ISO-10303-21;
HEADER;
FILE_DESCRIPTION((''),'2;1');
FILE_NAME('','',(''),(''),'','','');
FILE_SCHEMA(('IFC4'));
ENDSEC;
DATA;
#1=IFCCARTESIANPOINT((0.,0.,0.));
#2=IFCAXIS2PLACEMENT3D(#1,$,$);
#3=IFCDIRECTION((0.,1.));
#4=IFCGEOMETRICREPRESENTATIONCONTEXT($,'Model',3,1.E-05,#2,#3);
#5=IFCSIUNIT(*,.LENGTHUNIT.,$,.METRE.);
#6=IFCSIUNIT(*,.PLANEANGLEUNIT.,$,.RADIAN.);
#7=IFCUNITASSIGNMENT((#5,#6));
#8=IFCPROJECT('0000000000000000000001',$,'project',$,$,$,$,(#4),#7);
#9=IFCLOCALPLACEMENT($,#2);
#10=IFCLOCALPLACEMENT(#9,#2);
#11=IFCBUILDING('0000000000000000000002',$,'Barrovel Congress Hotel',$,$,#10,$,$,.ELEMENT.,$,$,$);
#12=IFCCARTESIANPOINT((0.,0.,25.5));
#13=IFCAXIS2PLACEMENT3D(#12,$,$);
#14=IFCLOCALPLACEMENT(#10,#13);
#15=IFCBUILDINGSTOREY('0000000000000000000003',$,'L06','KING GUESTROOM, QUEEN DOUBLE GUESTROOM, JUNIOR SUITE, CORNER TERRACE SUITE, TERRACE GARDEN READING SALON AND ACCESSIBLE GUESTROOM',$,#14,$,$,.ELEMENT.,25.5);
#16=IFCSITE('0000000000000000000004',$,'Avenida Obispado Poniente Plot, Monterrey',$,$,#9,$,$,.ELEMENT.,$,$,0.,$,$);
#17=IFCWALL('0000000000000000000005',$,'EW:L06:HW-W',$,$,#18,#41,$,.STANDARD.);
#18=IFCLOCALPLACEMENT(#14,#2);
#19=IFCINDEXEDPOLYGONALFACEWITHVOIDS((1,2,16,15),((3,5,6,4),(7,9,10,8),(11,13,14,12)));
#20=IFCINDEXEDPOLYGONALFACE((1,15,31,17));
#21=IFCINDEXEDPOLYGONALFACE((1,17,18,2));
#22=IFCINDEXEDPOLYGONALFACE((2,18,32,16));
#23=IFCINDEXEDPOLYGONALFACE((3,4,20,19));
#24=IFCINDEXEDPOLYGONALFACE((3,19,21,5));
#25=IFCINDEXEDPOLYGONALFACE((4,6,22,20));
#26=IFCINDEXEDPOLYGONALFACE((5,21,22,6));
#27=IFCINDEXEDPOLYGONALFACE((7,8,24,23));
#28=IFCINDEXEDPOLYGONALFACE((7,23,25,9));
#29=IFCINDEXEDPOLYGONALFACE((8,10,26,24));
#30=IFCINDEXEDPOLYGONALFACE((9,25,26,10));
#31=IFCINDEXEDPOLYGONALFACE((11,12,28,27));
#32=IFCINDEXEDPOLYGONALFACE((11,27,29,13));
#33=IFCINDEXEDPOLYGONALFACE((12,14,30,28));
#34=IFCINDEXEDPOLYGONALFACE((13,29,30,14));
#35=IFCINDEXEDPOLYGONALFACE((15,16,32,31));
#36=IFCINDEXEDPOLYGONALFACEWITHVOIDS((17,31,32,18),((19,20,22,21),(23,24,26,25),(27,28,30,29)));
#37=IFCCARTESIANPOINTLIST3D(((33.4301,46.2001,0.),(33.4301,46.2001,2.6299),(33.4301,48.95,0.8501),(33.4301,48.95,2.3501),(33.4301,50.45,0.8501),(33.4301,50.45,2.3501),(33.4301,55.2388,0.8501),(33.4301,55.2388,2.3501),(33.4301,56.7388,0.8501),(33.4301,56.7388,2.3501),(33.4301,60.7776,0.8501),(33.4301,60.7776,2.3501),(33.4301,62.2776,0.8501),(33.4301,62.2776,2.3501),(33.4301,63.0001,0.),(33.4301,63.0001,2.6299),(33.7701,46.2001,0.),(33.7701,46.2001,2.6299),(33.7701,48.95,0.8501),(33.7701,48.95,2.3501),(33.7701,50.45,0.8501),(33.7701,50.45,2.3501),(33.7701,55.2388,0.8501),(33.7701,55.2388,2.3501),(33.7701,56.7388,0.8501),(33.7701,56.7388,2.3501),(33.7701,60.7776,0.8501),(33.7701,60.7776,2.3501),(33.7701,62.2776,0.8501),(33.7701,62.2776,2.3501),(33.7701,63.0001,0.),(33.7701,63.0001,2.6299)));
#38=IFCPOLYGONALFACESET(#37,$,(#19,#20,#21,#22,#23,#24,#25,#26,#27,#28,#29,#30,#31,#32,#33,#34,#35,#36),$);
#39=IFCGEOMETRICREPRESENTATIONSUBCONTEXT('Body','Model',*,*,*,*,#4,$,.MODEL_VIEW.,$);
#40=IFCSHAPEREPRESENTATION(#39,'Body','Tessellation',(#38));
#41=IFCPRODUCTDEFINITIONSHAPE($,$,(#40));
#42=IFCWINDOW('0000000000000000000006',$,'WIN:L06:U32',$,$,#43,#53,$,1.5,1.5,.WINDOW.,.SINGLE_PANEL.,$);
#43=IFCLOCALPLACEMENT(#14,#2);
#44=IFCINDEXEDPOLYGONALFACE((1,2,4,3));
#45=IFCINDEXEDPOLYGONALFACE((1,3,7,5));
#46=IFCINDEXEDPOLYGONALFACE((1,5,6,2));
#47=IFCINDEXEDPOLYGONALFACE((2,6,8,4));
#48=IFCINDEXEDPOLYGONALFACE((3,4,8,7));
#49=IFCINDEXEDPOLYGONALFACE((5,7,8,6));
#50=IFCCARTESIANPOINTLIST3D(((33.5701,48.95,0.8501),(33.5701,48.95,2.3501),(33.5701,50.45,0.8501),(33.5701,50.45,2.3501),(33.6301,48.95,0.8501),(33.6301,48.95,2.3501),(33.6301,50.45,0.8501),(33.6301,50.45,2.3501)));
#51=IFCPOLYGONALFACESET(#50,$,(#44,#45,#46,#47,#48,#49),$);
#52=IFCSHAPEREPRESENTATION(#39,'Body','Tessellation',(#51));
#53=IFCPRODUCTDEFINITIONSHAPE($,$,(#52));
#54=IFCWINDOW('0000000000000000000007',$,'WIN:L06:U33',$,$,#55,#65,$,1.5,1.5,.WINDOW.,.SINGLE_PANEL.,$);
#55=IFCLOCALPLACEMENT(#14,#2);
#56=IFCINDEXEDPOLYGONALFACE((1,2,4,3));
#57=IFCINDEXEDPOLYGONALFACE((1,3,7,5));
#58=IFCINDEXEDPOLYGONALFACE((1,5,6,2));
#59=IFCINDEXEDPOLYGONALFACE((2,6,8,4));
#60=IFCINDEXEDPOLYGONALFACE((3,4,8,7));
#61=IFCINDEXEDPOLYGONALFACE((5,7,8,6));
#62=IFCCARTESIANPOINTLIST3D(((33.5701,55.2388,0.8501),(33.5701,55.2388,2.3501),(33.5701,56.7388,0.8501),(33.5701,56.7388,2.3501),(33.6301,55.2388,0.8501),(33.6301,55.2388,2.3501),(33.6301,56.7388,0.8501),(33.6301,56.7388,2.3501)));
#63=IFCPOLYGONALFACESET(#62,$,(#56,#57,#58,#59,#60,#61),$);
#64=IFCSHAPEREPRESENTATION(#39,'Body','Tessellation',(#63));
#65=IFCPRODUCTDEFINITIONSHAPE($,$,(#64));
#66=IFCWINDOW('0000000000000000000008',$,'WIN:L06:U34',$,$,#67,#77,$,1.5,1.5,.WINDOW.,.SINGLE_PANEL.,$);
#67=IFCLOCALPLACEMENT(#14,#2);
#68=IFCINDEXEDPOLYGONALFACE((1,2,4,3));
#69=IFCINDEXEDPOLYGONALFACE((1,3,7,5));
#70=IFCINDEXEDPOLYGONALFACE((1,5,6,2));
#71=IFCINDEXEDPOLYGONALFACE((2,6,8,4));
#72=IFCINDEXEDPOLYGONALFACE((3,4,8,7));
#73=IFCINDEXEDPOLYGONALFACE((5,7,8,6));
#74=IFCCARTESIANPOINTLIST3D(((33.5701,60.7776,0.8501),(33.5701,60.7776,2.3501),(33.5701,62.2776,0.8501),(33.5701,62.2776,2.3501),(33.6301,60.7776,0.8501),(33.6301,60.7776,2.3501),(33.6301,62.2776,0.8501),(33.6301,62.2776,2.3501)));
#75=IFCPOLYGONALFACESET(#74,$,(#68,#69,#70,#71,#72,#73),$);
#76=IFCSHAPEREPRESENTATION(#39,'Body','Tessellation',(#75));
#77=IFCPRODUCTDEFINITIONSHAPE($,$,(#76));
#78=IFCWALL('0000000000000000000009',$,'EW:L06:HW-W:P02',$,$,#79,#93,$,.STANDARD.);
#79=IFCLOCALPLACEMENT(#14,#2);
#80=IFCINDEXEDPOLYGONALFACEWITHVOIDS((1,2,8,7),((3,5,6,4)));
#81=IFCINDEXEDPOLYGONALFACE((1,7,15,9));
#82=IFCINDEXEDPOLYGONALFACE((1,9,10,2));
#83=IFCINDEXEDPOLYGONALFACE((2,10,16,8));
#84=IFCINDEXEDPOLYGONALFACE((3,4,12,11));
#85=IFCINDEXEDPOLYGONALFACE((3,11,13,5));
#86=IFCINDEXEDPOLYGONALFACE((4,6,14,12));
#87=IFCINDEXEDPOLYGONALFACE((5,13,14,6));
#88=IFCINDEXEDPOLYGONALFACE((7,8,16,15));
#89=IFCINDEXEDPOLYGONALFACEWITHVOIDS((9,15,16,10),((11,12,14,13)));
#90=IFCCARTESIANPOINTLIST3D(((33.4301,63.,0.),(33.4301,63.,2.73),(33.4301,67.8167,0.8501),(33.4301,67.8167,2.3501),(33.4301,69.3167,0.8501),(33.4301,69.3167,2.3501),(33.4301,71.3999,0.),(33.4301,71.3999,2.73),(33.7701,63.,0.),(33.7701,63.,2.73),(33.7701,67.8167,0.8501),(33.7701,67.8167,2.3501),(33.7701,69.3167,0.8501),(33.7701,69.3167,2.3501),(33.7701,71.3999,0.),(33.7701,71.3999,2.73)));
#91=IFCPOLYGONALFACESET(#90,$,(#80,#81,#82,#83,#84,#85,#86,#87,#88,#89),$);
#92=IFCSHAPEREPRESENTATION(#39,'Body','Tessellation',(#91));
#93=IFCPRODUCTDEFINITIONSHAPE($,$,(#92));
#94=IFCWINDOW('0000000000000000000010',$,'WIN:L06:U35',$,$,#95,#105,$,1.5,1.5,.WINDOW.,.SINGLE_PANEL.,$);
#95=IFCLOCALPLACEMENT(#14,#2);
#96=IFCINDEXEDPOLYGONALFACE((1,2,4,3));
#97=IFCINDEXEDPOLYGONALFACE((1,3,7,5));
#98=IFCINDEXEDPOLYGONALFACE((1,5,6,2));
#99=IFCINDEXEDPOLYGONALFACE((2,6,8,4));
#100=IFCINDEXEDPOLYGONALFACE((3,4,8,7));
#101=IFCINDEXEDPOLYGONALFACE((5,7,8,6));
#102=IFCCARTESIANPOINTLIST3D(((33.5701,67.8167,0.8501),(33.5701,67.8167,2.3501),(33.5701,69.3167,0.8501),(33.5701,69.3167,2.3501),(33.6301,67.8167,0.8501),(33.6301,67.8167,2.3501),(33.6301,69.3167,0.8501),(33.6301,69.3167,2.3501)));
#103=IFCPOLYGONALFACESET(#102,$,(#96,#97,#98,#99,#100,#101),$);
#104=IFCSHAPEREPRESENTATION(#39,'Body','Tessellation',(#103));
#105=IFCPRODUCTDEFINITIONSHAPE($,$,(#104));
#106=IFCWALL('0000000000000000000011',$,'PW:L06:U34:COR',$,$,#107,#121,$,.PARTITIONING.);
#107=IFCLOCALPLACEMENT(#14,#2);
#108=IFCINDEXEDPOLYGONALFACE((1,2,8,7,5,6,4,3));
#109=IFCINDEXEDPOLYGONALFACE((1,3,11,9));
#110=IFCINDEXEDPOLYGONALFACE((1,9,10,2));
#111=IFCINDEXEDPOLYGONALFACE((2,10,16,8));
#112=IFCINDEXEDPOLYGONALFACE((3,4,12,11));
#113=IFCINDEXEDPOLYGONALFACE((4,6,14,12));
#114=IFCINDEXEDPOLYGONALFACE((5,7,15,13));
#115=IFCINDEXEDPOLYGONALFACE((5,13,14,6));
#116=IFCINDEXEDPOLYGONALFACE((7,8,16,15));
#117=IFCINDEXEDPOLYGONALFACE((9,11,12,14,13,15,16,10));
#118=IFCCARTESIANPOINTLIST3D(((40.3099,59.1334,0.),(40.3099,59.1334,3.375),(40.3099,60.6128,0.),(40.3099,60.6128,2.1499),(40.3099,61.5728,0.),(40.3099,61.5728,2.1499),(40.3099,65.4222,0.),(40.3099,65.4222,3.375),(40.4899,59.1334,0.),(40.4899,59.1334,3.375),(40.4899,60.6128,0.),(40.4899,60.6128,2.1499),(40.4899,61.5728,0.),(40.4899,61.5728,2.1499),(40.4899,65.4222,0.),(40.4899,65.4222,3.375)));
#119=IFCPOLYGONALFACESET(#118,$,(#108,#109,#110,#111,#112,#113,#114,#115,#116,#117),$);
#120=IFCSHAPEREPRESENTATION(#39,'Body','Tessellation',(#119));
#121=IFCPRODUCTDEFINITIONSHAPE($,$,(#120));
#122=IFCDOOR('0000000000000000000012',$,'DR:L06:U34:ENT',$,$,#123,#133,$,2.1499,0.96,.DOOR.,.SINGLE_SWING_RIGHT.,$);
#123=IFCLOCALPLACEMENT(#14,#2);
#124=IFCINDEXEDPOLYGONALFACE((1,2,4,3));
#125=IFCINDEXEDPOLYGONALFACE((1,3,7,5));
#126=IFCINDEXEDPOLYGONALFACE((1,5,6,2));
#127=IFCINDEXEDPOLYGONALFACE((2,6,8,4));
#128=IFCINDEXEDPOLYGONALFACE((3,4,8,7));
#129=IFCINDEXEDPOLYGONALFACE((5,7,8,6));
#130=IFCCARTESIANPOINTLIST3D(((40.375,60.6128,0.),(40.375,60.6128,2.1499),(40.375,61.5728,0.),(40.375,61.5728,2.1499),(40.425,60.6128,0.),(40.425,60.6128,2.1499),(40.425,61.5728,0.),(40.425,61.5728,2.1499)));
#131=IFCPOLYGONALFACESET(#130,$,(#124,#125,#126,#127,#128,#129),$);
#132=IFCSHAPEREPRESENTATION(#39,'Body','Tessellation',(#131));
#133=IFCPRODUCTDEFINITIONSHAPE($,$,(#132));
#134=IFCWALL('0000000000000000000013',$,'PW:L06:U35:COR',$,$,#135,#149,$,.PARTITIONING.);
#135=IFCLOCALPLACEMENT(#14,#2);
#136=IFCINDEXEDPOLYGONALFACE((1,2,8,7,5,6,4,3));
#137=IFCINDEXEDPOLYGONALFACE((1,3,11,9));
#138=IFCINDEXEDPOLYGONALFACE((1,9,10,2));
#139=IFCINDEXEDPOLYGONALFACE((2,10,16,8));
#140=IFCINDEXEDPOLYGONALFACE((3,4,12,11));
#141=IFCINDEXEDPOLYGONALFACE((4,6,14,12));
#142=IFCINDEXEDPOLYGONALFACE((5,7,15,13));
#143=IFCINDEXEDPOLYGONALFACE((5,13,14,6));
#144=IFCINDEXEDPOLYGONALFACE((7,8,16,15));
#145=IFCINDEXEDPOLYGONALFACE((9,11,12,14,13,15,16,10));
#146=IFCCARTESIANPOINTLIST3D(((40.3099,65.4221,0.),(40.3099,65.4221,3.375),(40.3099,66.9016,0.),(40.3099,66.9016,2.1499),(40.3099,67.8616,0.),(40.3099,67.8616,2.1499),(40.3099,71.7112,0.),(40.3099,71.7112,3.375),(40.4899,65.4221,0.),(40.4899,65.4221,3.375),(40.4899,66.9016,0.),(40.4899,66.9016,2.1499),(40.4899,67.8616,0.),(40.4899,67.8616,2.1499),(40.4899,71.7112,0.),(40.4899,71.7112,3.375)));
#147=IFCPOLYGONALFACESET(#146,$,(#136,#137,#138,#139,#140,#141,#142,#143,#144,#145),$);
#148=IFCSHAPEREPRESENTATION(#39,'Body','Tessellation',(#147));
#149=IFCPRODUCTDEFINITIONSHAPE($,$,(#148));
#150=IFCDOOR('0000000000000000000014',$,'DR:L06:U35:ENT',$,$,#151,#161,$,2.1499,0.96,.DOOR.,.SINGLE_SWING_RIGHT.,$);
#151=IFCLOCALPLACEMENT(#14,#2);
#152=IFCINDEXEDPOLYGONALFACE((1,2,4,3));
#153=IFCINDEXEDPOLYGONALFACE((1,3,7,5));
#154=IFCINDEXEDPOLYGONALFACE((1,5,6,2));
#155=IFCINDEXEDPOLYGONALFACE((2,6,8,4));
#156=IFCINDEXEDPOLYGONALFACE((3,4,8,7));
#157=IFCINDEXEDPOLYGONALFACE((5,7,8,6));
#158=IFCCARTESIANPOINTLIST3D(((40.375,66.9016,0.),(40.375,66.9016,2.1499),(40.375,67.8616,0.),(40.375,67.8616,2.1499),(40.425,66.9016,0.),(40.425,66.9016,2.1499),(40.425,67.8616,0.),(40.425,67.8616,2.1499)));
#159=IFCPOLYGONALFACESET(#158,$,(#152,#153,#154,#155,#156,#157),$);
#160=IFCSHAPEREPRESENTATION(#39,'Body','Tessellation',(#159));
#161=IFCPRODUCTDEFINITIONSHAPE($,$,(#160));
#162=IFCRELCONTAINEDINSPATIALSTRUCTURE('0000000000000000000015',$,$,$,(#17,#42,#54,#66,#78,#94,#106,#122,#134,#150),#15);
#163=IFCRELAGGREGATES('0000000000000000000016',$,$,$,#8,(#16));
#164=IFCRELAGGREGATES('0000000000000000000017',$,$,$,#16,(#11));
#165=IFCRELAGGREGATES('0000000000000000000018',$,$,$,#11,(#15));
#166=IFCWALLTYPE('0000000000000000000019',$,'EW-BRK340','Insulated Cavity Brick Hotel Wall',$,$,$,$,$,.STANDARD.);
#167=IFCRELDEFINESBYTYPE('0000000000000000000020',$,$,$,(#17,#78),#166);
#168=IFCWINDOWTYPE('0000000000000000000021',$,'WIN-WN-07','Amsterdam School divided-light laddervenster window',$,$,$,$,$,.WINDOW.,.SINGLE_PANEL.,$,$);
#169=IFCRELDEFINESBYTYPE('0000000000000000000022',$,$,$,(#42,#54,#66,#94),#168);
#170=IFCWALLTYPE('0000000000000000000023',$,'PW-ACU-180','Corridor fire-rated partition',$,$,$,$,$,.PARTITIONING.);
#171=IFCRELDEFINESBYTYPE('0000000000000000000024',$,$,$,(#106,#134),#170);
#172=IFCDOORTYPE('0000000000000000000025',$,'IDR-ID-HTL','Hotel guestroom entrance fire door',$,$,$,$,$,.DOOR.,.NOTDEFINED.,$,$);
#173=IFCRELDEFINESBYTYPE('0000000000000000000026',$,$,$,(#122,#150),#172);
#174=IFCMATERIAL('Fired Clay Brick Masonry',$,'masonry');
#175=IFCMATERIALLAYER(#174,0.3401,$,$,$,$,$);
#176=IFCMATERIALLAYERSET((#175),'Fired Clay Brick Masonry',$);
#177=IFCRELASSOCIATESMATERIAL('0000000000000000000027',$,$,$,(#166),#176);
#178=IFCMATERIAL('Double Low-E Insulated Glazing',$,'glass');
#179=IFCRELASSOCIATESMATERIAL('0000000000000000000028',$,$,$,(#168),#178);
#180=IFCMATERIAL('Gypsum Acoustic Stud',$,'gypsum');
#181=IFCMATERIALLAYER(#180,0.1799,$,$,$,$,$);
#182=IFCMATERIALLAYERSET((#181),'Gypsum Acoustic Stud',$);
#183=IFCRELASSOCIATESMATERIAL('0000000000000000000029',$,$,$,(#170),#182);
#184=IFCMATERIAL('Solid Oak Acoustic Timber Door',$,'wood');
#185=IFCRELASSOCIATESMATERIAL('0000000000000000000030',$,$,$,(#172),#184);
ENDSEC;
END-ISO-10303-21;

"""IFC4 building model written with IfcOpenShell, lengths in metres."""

from ifc_helpers import new_model, si_unit, direction, frame, frame_2d, origin, place, context, subcontext, project, spatial, rectangle, extrude, material, layer, layer_set, type_object, element, fill, save


model = new_model("IFC4")

# Units and contexts
model_context = context("Model", 3, precision=1e-05, world=origin(), true_north=direction((0.0, 1.0)))
body_context = subcontext(model_context, "Body", "Model", "MODEL_VIEW")
ifc_project = project(units=[si_unit("LENGTHUNIT", "METRE"), si_unit("PLANEANGLEUNIT", "RADIAN")], contexts=[model_context])

# Site, building, storey
site_placement = place(None, origin())
site = spatial("IfcSite", under=ifc_project, at=site_placement, Name="Avenida Obispado Poniente Plot, Monterrey", CompositionType="ELEMENT", RefElevation=0.0)
building_placement = place(site_placement, origin())
building = spatial("IfcBuilding", under=site, at=building_placement, Name="Barrovel Congress Hotel", CompositionType="ELEMENT")
storey_placement = place(building_placement, frame((0.0, 0.0, 25.5)))
storey = spatial("IfcBuildingStorey", under=building, at=storey_placement, Name="L06", Description="KING GUESTROOM, QUEEN DOUBLE GUESTROOM, JUNIOR SUITE, CORNER TERRACE SUITE, TERRACE GARDEN READING SALON AND ACCESSIBLE GUESTROOM", CompositionType="ELEMENT", Elevation=25.5)

# Wall, openings, windows
ifc_material_1 = material(Name="Fired Clay Brick Masonry", Category="masonry")
ifc_layer_1 = layer(ifc_material_1, 0.3401)
ifc_layer_set_1 = layer_set([ifc_layer_1], Name="Fired Clay Brick Masonry")
wall_type_1 = type_object("IfcWallType", Name="EW-BRK340", Description="Insulated Cavity Brick Hotel Wall", PredefinedType="STANDARD", material=ifc_layer_set_1)
wall_1_placement = place(storey_placement, frame((33.6001, 63.0, 0.0), z_axis=(0.0, 0.0, 1.0), x_axis=(0.0, -1.0, 0.0)))
wall_1 = element("IfcWall", 1, at=wall_1_placement, inside=storey, type_object=wall_type_1, Name="EW:L06:HW-W", PredefinedType="STANDARD", context=body_context, shape_type="SweptSolid", body=[
    extrude(rectangle(XDim=16.8, YDim=0.3401, at=frame_2d((8.3999, 0.0))), origin(), (0.0, 0.0, 1.0), 2.6299),
])
opening_1_placement = place(wall_1_placement, frame((12.55, 0.0, 0.8501)))
opening_1 = element("IfcOpeningElement", 2, at=opening_1_placement, cuts=wall_1, PredefinedType="OPENING", context=body_context, shape_type="SweptSolid", body=[
    extrude(rectangle(XDim=1.5, YDim=1.5, at=frame_2d((0.75, 0.75))), frame((0.0, 0.1802, 0.0), z_axis=(0.0, -1.0, 0.0), x_axis=(1.0, 0.0, 0.0)), (0.0, 0.0, 1.0), 0.3601),
])
opening_2_placement = place(wall_1_placement, frame((6.2612, 0.0, 0.8501)))
opening_2 = element("IfcOpeningElement", 3, at=opening_2_placement, cuts=wall_1, PredefinedType="OPENING", context=body_context, shape_type="SweptSolid", body=[
    extrude(rectangle(XDim=1.5, YDim=1.5, at=frame_2d((0.75, 0.75))), frame((0.0, 0.1802, 0.0), z_axis=(0.0, -1.0, 0.0), x_axis=(1.0, 0.0, 0.0)), (0.0, 0.0, 1.0), 0.3601),
])
opening_3_placement = place(wall_1_placement, frame((0.7224, 0.0, 0.8501)))
opening_3 = element("IfcOpeningElement", 4, at=opening_3_placement, cuts=wall_1, PredefinedType="OPENING", context=body_context, shape_type="SweptSolid", body=[
    extrude(rectangle(XDim=1.5, YDim=1.5, at=frame_2d((0.75, 0.75))), frame((0.0, 0.1802, 0.0), z_axis=(0.0, -1.0, 0.0), x_axis=(1.0, 0.0, 0.0)), (0.0, 0.0, 1.0), 0.3601),
])
ifc_material_2 = material(Name="Double Low-E Insulated Glazing", Category="glass")
window_type = type_object("IfcWindowType", Name="WIN-WN-07", Description="Amsterdam School divided-light laddervenster window", PartitioningType="SINGLE_PANEL", PredefinedType="WINDOW", material=ifc_material_2)
window_1_placement = place(opening_1_placement, origin())
window_1 = element("IfcWindow", 5, at=window_1_placement, inside=storey, type_object=window_type, Name="WIN:L06:U32", OverallHeight=1.5, OverallWidth=1.5, PartitioningType="SINGLE_PANEL", PredefinedType="WINDOW", context=body_context, shape_type="SweptSolid", body=[
    extrude(rectangle(XDim=1.5, YDim=1.5, at=frame_2d((0.75, 0.75))), frame((0.0, 0.03, 0.0), z_axis=(0.0, -1.0, 0.0), x_axis=(1.0, 0.0, 0.0)), (0.0, 0.0, 1.0), 0.0601),
])
fill(opening_1, window_1)
window_2_placement = place(opening_2_placement, origin())
window_2 = element("IfcWindow", 6, at=window_2_placement, inside=storey, type_object=window_type, Name="WIN:L06:U33", OverallHeight=1.5, OverallWidth=1.5, PartitioningType="SINGLE_PANEL", PredefinedType="WINDOW", context=body_context, shape_type="SweptSolid", body=[
    extrude(rectangle(XDim=1.5, YDim=1.5, at=frame_2d((0.75, 0.75))), frame((0.0, 0.03, 0.0), z_axis=(0.0, -1.0, 0.0), x_axis=(1.0, 0.0, 0.0)), (0.0, 0.0, 1.0), 0.0601),
])
fill(opening_2, window_2)
window_3_placement = place(opening_3_placement, origin())
window_3 = element("IfcWindow", 7, at=window_3_placement, inside=storey, type_object=window_type, Name="WIN:L06:U34", OverallHeight=1.5, OverallWidth=1.5, PartitioningType="SINGLE_PANEL", PredefinedType="WINDOW", context=body_context, shape_type="SweptSolid", body=[
    extrude(rectangle(XDim=1.5, YDim=1.5, at=frame_2d((0.75, 0.75))), frame((0.0, 0.03, 0.0), z_axis=(0.0, -1.0, 0.0), x_axis=(1.0, 0.0, 0.0)), (0.0, 0.0, 1.0), 0.0601),
])
fill(opening_3, window_3)

# Wall, opening, window
wall_2_placement = place(storey_placement, frame((33.6001, 71.3999, 0.0), z_axis=(0.0, 0.0, 1.0), x_axis=(0.0, -1.0, 0.0)))
wall_2 = element("IfcWall", 8, at=wall_2_placement, inside=storey, type_object=wall_type_1, Name="EW:L06:HW-W:P02", PredefinedType="STANDARD", context=body_context, shape_type="SweptSolid", body=[
    extrude(rectangle(XDim=8.3999, YDim=0.3401, at=frame_2d((4.2, 0.0))), origin(), (0.0, 0.0, 1.0), 2.73),
])
opening_4_placement = place(wall_2_placement, frame((2.0833, 0.0, 0.8501)))
opening_4 = element("IfcOpeningElement", 9, at=opening_4_placement, cuts=wall_2, PredefinedType="OPENING", context=body_context, shape_type="SweptSolid", body=[
    extrude(rectangle(XDim=1.5, YDim=1.5, at=frame_2d((0.75, 0.75))), frame((0.0, 0.1802, 0.0), z_axis=(0.0, -1.0, 0.0), x_axis=(1.0, 0.0, 0.0)), (0.0, 0.0, 1.0), 0.3601),
])
window_4_placement = place(opening_4_placement, origin())
window_4 = element("IfcWindow", 10, at=window_4_placement, inside=storey, type_object=window_type, Name="WIN:L06:U35", OverallHeight=1.5, OverallWidth=1.5, PartitioningType="SINGLE_PANEL", PredefinedType="WINDOW", context=body_context, shape_type="SweptSolid", body=[
    extrude(rectangle(XDim=1.5, YDim=1.5, at=frame_2d((0.75, 0.75))), frame((0.0, 0.03, 0.0), z_axis=(0.0, -1.0, 0.0), x_axis=(1.0, 0.0, 0.0)), (0.0, 0.0, 1.0), 0.0601),
])
fill(opening_4, window_4)

# Walls, openings, doors
ifc_material_3 = material(Name="Gypsum Acoustic Stud", Category="gypsum")
ifc_layer_2 = layer(ifc_material_3, 0.1799)
ifc_layer_set_2 = layer_set([ifc_layer_2], Name="Gypsum Acoustic Stud")
wall_type_2 = type_object("IfcWallType", Name="PW-ACU-180", Description="Corridor fire-rated partition", PredefinedType="PARTITIONING", material=ifc_layer_set_2)
wall_3_placement = place(storey_placement, frame((40.3999, 59.1333, 0.0), z_axis=(0.0, 0.0, 1.0), x_axis=(0.0, 1.0, 0.0)))
wall_3 = element("IfcWall", 11, at=wall_3_placement, inside=storey, type_object=wall_type_2, Name="PW:L06:U34:COR", PredefinedType="PARTITIONING", context=body_context, shape_type="SweptSolid", body=[
    extrude(rectangle(XDim=6.2888, YDim=0.1799, at=frame_2d((3.1445, 0.0))), origin(), (0.0, 0.0, 1.0), 3.375),
])
opening_5_placement = place(wall_3_placement, frame((1.4795, 0.0, 0.0)))
opening_5 = element("IfcOpeningElement", 12, at=opening_5_placement, cuts=wall_3, PredefinedType="OPENING", context=body_context, shape_type="SweptSolid", body=[
    extrude(rectangle(XDim=0.96, YDim=2.1499, at=frame_2d((0.48, 1.075))), frame((0.0, 0.1001, 0.0), z_axis=(0.0, -1.0, 0.0), x_axis=(1.0, 0.0, 0.0)), (0.0, 0.0, 1.0), 0.2),
])
ifc_material_4 = material(Name="Solid Oak Acoustic Timber Door", Category="wood")
door_type_1 = type_object("IfcDoorType", Name="IDR-ID-HTL", Description="Hotel guestroom entrance fire door", OperationType="NOTDEFINED", PredefinedType="DOOR", material=ifc_material_4)
door_1_placement = place(opening_5_placement, origin())
door_1 = element("IfcDoor", 13, at=door_1_placement, inside=storey, type_object=door_type_1, Name="DR:L06:U34:ENT", OperationType="SINGLE_SWING_RIGHT", OverallHeight=2.1499, OverallWidth=0.96, PredefinedType="DOOR", context=body_context, shape_type="SweptSolid", body=[
    extrude(rectangle(XDim=0.96, YDim=2.1499, at=frame_2d((0.48, 1.075))), frame((0.0, 0.0249, 0.0), z_axis=(0.0, -1.0, 0.0), x_axis=(1.0, 0.0, 0.0)), (0.0, 0.0, 1.0), 0.05),
])
fill(opening_5, door_1)
wall_4_placement = place(storey_placement, frame((40.3999, 65.4221, 0.0), z_axis=(0.0, 0.0, 1.0), x_axis=(0.0, 1.0, 0.0)))
wall_4 = element("IfcWall", 14, at=wall_4_placement, inside=storey, type_object=wall_type_2, Name="PW:L06:U35:COR", PredefinedType="PARTITIONING", context=body_context, shape_type="SweptSolid", body=[
    extrude(rectangle(XDim=6.2891, YDim=0.1799, at=frame_2d((3.1445, 0.0))), origin(), (0.0, 0.0, 1.0), 3.375),
])
opening_6_placement = place(wall_4_placement, frame((1.4795, 0.0, 0.0)))
opening_6 = element("IfcOpeningElement", 15, at=opening_6_placement, cuts=wall_4, PredefinedType="OPENING", context=body_context, shape_type="SweptSolid", body=[
    extrude(rectangle(XDim=0.96, YDim=2.1499, at=frame_2d((0.48, 1.075))), frame((0.0, 0.1001, 0.0), z_axis=(0.0, -1.0, 0.0), x_axis=(1.0, 0.0, 0.0)), (0.0, 0.0, 1.0), 0.2),
])
door_2_placement = place(opening_6_placement, origin())
door_2 = element("IfcDoor", 16, at=door_2_placement, inside=storey, type_object=door_type_1, Name="DR:L06:U35:ENT", OperationType="SINGLE_SWING_RIGHT", OverallHeight=2.1499, OverallWidth=0.96, PredefinedType="DOOR", context=body_context, shape_type="SweptSolid", body=[
    extrude(rectangle(XDim=0.96, YDim=2.1499, at=frame_2d((0.48, 1.075))), frame((0.0, 0.0249, 0.0), z_axis=(0.0, -1.0, 0.0), x_axis=(1.0, 0.0, 0.0)), (0.0, 0.0, 1.0), 0.05),
])
fill(opening_6, door_2)

save(model, "model.ifc")
